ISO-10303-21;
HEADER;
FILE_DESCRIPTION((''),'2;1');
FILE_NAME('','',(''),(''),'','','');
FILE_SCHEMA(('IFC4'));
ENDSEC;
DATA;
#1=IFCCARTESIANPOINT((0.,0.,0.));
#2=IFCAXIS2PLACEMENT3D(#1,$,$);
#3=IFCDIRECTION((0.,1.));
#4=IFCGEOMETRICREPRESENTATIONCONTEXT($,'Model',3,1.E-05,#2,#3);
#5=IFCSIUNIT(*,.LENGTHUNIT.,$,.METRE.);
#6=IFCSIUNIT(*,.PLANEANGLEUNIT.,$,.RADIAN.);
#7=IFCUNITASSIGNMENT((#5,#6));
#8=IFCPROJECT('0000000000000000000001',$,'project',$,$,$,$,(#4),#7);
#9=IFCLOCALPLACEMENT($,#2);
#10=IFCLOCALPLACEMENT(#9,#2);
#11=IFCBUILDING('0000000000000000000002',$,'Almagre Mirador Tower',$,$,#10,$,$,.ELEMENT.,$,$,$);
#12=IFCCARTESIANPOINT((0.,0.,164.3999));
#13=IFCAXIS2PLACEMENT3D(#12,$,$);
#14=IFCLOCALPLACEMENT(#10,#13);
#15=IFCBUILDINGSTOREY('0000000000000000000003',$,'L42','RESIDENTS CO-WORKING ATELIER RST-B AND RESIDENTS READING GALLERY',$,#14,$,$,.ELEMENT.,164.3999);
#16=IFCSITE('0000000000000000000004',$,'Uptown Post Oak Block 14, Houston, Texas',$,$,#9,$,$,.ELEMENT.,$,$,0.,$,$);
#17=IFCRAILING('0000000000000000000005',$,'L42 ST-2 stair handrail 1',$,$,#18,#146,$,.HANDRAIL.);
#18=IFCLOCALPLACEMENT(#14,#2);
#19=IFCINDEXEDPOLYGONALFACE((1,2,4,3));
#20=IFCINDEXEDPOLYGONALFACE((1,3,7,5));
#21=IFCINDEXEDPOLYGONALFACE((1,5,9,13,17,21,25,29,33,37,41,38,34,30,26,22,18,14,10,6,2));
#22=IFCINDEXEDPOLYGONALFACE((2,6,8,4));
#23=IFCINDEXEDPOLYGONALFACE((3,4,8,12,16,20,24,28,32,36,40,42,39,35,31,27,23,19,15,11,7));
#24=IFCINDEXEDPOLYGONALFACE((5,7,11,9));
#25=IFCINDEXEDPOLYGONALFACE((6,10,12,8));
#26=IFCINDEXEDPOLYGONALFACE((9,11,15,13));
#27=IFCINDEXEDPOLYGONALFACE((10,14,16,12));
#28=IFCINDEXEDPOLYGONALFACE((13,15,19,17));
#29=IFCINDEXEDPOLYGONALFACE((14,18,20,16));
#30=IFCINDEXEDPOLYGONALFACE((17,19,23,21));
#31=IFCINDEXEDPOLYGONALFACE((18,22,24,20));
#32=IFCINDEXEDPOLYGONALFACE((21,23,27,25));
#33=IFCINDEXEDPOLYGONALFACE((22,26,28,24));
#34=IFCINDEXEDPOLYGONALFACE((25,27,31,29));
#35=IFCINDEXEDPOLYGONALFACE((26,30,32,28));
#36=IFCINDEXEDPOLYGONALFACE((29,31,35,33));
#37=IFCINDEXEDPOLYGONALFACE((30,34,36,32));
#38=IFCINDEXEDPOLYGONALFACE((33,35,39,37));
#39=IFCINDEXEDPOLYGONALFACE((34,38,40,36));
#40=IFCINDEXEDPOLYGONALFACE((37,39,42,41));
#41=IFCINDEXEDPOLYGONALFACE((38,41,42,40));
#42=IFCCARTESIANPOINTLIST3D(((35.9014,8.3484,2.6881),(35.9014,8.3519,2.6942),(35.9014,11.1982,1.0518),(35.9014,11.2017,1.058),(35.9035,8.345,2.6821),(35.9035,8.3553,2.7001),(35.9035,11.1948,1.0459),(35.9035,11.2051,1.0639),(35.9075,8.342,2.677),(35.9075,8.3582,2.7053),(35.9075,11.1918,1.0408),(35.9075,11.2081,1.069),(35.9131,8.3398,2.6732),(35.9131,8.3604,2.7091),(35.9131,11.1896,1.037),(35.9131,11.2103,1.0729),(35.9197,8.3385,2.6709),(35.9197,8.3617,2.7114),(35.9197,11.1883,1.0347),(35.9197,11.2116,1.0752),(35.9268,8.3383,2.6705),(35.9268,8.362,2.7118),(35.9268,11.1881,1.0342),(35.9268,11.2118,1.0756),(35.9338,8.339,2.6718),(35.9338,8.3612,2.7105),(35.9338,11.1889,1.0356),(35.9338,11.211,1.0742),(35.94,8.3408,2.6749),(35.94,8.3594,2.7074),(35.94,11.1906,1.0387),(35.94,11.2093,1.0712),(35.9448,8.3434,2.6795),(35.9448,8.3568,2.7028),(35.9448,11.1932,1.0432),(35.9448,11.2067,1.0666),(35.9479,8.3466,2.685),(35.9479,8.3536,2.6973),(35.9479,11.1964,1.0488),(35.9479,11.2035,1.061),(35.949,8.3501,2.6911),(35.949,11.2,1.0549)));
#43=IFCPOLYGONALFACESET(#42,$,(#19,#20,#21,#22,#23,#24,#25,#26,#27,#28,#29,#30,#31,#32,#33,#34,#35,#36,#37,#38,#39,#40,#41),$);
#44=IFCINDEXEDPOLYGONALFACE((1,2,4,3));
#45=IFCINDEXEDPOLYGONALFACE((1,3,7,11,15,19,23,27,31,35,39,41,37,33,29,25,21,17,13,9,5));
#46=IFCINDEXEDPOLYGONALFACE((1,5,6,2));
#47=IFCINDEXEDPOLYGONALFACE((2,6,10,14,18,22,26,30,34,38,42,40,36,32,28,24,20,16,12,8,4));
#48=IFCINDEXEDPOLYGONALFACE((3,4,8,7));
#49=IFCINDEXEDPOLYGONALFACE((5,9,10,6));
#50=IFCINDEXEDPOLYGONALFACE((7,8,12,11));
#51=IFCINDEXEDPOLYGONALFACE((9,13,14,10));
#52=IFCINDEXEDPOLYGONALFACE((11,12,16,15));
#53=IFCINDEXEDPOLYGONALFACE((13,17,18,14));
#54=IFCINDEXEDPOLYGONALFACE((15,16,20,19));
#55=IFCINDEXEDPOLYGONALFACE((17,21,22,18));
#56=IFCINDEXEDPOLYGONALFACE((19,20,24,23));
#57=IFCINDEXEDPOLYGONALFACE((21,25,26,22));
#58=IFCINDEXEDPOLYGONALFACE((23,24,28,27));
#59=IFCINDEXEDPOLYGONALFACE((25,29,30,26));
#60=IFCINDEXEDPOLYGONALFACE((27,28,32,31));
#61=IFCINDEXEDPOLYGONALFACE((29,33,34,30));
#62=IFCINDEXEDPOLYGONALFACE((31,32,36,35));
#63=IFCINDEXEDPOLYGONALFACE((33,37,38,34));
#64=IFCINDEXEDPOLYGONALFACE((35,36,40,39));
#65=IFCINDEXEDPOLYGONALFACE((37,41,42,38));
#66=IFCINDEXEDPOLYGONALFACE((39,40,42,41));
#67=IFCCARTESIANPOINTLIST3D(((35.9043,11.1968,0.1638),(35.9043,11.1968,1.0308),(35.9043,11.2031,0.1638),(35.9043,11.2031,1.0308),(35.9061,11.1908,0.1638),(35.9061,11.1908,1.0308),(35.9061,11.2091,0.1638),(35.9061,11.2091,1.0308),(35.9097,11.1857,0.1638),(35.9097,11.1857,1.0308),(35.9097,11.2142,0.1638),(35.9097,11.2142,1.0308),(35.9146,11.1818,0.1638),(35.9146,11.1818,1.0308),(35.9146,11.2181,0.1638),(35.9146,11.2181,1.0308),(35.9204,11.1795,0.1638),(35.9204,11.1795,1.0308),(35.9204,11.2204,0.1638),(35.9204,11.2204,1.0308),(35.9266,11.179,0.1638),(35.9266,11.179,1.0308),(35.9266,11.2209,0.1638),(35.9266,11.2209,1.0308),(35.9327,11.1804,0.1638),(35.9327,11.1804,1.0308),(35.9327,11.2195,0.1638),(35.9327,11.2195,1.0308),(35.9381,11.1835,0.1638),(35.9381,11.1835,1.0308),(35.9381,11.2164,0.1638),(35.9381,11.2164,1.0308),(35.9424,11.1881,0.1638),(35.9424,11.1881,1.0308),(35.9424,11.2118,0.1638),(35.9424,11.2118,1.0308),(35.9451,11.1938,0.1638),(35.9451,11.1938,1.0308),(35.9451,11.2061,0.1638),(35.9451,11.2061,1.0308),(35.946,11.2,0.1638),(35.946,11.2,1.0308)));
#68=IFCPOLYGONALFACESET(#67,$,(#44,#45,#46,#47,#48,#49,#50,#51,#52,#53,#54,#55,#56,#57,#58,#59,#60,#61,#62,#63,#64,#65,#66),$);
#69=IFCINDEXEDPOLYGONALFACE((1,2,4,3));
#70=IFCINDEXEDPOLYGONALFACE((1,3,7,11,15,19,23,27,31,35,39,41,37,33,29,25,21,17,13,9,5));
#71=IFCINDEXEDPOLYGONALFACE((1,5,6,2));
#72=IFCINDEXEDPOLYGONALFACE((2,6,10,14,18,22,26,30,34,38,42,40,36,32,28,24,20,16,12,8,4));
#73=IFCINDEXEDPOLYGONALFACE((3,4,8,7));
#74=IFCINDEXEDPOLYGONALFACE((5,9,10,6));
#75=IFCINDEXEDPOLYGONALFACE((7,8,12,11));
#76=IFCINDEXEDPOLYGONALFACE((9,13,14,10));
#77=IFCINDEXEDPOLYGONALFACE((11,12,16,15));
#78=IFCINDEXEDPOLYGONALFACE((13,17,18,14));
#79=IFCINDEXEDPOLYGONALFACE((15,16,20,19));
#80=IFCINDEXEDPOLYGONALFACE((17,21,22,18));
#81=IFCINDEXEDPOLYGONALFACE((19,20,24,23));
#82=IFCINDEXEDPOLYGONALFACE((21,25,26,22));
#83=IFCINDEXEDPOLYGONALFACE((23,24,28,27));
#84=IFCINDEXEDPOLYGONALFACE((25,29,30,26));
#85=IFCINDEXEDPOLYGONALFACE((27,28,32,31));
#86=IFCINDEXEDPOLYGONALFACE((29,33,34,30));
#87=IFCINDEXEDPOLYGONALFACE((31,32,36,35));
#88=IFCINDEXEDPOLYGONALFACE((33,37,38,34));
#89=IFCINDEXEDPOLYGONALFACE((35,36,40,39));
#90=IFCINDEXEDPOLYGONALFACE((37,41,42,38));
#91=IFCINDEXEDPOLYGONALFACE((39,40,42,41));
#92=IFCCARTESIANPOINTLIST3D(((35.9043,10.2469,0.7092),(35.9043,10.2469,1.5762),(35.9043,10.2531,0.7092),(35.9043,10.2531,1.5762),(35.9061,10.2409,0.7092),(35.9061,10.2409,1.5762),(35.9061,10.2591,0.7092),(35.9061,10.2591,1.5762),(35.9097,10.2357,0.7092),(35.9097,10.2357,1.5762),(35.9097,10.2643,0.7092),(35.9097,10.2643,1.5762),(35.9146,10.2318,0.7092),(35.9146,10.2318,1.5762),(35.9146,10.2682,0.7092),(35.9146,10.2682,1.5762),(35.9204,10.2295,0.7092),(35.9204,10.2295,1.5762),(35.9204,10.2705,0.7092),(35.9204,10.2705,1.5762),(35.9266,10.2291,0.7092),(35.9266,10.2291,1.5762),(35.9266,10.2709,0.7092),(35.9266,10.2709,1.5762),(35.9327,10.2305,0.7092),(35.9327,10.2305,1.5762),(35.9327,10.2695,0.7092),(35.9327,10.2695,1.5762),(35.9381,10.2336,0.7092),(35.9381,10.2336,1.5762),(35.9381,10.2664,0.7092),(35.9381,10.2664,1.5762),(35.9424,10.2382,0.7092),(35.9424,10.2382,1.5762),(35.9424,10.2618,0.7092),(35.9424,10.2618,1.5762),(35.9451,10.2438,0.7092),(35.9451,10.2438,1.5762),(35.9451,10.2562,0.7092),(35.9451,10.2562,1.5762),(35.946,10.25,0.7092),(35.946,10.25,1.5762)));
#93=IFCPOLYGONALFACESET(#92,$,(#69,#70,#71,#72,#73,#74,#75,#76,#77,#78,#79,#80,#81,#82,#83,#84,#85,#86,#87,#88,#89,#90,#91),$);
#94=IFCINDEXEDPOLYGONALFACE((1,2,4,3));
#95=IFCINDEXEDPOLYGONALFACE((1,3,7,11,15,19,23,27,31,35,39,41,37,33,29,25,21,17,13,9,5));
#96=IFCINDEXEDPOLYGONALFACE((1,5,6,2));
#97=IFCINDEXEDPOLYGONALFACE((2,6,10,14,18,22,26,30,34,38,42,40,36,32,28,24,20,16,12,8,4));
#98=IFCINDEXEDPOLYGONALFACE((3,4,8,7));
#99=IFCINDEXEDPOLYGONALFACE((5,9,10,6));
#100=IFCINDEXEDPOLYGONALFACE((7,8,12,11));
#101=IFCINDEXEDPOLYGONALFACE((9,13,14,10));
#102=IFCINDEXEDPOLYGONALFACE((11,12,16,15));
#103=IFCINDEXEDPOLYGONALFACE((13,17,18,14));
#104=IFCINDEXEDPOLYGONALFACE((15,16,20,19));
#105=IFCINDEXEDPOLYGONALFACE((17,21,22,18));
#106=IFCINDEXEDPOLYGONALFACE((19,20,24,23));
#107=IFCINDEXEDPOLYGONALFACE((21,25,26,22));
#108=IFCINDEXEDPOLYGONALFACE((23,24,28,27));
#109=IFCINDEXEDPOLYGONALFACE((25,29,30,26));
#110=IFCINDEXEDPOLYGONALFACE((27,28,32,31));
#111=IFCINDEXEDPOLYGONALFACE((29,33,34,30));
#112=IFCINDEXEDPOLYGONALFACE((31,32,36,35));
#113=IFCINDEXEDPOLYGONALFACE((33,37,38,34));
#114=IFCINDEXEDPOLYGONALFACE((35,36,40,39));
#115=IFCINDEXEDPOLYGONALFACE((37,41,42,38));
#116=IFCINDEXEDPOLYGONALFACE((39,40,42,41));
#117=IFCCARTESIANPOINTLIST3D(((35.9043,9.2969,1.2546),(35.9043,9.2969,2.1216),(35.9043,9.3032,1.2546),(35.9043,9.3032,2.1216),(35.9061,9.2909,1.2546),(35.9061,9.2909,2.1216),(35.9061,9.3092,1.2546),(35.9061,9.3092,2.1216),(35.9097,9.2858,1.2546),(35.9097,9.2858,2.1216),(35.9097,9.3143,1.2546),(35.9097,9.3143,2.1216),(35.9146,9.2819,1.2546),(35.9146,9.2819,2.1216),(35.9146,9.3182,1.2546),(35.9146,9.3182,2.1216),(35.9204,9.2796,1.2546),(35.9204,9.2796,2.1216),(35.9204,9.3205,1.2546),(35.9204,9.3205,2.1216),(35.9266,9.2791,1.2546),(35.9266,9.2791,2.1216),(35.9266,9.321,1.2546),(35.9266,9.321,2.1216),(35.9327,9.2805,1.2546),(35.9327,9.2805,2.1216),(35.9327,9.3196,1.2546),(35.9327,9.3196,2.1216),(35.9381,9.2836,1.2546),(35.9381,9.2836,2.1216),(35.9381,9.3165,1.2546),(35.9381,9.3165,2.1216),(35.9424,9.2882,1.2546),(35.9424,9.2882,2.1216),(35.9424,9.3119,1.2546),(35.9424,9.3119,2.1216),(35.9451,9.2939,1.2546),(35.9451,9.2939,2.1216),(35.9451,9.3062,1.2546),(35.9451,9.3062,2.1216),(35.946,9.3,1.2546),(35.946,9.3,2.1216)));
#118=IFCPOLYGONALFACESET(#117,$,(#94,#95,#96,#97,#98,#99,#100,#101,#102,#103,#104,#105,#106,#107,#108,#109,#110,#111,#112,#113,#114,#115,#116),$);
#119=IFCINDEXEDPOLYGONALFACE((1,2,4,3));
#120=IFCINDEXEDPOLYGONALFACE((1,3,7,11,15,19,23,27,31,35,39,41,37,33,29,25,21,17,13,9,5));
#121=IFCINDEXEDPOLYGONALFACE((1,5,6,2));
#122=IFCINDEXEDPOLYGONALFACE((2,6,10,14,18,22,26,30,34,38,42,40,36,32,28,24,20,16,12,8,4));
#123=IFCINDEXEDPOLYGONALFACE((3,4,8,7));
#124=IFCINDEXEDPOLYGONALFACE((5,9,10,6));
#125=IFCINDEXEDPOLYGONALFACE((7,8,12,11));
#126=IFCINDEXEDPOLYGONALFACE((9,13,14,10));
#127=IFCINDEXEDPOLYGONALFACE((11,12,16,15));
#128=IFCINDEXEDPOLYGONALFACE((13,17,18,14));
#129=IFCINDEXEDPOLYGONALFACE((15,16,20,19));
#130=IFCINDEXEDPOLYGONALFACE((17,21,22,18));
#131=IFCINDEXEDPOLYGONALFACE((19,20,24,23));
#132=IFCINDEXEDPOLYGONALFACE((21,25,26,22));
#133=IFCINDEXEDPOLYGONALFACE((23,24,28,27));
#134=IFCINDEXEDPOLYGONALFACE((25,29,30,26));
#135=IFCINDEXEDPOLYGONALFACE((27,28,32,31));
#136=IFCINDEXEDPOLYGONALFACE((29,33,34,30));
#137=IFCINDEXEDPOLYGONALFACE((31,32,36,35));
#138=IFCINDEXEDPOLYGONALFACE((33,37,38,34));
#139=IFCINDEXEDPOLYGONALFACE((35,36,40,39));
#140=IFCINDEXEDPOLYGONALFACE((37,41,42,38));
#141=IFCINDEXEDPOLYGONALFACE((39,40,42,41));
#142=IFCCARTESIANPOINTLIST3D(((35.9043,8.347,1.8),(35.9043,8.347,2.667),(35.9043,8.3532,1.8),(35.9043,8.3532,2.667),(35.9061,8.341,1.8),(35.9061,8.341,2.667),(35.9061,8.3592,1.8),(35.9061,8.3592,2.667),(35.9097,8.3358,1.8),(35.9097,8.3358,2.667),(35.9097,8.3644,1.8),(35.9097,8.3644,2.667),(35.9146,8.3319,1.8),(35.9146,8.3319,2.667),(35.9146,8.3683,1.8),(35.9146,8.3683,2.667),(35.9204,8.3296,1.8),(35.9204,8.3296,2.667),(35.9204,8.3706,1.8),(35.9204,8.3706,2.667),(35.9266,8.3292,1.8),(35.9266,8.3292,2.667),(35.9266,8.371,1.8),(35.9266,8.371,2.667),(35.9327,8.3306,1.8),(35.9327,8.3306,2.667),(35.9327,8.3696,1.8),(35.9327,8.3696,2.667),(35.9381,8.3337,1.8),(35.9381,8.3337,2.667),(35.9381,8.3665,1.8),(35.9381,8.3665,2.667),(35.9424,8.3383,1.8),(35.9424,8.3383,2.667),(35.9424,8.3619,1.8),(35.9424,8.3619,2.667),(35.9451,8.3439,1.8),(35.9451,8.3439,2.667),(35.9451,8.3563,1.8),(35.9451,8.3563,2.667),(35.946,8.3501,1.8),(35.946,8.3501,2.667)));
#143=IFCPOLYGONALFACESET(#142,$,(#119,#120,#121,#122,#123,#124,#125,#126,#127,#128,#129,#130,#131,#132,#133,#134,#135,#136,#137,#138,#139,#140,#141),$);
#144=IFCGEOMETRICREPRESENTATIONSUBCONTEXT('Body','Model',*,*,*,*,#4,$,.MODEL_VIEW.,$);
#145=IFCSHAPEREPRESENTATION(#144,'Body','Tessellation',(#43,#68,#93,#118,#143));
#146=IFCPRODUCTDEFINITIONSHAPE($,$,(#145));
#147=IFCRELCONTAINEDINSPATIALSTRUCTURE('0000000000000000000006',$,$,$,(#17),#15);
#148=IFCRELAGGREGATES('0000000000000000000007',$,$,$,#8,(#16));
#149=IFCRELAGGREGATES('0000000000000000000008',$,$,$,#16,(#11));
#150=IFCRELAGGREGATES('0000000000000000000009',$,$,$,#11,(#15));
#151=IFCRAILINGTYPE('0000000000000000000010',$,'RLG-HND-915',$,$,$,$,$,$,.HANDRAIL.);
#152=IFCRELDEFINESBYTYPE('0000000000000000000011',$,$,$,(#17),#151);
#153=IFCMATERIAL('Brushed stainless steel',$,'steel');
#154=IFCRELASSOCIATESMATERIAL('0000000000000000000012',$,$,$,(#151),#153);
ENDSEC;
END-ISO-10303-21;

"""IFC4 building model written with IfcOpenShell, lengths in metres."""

from ifc_helpers import new_model, si_unit, direction, frame, origin, origin_2d, place, context, subcontext, project, spatial, circle, extrude, material, type_object, element, save


model = new_model("IFC4")

# Units and contexts
model_context = context("Model", 3, precision=1e-05, world=origin(), true_north=direction((0.0, 1.0)))
body_context = subcontext(model_context, "Body", "Model", "MODEL_VIEW")
ifc_project = project(units=[si_unit("LENGTHUNIT", "METRE"), si_unit("PLANEANGLEUNIT", "RADIAN")], contexts=[model_context])

# Site, building, storey
site_placement = place(None, origin())
site = spatial("IfcSite", under=ifc_project, at=site_placement, Name="Uptown Post Oak Block 14, Houston, Texas", CompositionType="ELEMENT", RefElevation=0.0)
building_placement = place(site_placement, origin())
building = spatial("IfcBuilding", under=site, at=building_placement, Name="Almagre Mirador Tower", CompositionType="ELEMENT")
storey_placement = place(building_placement, frame((0.0, 0.0, 164.3999)))
storey = spatial("IfcBuildingStorey", under=building, at=storey_placement, Name="L42", Description="RESIDENTS CO-WORKING ATELIER RST-B AND RESIDENTS READING GALLERY", CompositionType="ELEMENT", Elevation=164.3999)

# Railing
ifc_material_1 = material(Name="Brushed stainless steel", Category="steel")
railing_type_1 = type_object("IfcRailingType", Name="RLG-HND-915", PredefinedType="HANDRAIL", material=ifc_material_1)
railing_1_placement = place(storey_placement, frame((35.925, 11.2, 0.1638)))
element("IfcRailing", 1, at=railing_1_placement, inside=storey, type_object=railing_type_1, Name="L42 ST-2 stair handrail 1", PredefinedType="HANDRAIL", context=body_context, shape_type="SweptSolid", body=[
    extrude(circle(Radius=0.0239, at=origin_2d()), frame((0.0, 0.0, 0.8911), z_axis=(0.0, -0.867226, 0.497914), x_axis=(1.0, 0.0, 0.0)), (0.0, 0.0, 1.0), 3.2861),
    extrude(circle(Radius=0.021, at=origin_2d()), origin(), (0.0, 0.0, 1.0), 0.8669),
    extrude(circle(Radius=0.021, at=origin_2d()), frame((0.0, -0.95, 0.5454)), (0.0, 0.0, 1.0), 0.8669),
    extrude(circle(Radius=0.021, at=origin_2d()), frame((0.0, -1.8999, 1.0908)), (0.0, 0.0, 1.0), 0.8669),
    extrude(circle(Radius=0.021, at=origin_2d()), frame((0.0, -2.8499, 1.6362)), (0.0, 0.0, 1.0), 0.8669),
])

save(model, "model.ifc")
